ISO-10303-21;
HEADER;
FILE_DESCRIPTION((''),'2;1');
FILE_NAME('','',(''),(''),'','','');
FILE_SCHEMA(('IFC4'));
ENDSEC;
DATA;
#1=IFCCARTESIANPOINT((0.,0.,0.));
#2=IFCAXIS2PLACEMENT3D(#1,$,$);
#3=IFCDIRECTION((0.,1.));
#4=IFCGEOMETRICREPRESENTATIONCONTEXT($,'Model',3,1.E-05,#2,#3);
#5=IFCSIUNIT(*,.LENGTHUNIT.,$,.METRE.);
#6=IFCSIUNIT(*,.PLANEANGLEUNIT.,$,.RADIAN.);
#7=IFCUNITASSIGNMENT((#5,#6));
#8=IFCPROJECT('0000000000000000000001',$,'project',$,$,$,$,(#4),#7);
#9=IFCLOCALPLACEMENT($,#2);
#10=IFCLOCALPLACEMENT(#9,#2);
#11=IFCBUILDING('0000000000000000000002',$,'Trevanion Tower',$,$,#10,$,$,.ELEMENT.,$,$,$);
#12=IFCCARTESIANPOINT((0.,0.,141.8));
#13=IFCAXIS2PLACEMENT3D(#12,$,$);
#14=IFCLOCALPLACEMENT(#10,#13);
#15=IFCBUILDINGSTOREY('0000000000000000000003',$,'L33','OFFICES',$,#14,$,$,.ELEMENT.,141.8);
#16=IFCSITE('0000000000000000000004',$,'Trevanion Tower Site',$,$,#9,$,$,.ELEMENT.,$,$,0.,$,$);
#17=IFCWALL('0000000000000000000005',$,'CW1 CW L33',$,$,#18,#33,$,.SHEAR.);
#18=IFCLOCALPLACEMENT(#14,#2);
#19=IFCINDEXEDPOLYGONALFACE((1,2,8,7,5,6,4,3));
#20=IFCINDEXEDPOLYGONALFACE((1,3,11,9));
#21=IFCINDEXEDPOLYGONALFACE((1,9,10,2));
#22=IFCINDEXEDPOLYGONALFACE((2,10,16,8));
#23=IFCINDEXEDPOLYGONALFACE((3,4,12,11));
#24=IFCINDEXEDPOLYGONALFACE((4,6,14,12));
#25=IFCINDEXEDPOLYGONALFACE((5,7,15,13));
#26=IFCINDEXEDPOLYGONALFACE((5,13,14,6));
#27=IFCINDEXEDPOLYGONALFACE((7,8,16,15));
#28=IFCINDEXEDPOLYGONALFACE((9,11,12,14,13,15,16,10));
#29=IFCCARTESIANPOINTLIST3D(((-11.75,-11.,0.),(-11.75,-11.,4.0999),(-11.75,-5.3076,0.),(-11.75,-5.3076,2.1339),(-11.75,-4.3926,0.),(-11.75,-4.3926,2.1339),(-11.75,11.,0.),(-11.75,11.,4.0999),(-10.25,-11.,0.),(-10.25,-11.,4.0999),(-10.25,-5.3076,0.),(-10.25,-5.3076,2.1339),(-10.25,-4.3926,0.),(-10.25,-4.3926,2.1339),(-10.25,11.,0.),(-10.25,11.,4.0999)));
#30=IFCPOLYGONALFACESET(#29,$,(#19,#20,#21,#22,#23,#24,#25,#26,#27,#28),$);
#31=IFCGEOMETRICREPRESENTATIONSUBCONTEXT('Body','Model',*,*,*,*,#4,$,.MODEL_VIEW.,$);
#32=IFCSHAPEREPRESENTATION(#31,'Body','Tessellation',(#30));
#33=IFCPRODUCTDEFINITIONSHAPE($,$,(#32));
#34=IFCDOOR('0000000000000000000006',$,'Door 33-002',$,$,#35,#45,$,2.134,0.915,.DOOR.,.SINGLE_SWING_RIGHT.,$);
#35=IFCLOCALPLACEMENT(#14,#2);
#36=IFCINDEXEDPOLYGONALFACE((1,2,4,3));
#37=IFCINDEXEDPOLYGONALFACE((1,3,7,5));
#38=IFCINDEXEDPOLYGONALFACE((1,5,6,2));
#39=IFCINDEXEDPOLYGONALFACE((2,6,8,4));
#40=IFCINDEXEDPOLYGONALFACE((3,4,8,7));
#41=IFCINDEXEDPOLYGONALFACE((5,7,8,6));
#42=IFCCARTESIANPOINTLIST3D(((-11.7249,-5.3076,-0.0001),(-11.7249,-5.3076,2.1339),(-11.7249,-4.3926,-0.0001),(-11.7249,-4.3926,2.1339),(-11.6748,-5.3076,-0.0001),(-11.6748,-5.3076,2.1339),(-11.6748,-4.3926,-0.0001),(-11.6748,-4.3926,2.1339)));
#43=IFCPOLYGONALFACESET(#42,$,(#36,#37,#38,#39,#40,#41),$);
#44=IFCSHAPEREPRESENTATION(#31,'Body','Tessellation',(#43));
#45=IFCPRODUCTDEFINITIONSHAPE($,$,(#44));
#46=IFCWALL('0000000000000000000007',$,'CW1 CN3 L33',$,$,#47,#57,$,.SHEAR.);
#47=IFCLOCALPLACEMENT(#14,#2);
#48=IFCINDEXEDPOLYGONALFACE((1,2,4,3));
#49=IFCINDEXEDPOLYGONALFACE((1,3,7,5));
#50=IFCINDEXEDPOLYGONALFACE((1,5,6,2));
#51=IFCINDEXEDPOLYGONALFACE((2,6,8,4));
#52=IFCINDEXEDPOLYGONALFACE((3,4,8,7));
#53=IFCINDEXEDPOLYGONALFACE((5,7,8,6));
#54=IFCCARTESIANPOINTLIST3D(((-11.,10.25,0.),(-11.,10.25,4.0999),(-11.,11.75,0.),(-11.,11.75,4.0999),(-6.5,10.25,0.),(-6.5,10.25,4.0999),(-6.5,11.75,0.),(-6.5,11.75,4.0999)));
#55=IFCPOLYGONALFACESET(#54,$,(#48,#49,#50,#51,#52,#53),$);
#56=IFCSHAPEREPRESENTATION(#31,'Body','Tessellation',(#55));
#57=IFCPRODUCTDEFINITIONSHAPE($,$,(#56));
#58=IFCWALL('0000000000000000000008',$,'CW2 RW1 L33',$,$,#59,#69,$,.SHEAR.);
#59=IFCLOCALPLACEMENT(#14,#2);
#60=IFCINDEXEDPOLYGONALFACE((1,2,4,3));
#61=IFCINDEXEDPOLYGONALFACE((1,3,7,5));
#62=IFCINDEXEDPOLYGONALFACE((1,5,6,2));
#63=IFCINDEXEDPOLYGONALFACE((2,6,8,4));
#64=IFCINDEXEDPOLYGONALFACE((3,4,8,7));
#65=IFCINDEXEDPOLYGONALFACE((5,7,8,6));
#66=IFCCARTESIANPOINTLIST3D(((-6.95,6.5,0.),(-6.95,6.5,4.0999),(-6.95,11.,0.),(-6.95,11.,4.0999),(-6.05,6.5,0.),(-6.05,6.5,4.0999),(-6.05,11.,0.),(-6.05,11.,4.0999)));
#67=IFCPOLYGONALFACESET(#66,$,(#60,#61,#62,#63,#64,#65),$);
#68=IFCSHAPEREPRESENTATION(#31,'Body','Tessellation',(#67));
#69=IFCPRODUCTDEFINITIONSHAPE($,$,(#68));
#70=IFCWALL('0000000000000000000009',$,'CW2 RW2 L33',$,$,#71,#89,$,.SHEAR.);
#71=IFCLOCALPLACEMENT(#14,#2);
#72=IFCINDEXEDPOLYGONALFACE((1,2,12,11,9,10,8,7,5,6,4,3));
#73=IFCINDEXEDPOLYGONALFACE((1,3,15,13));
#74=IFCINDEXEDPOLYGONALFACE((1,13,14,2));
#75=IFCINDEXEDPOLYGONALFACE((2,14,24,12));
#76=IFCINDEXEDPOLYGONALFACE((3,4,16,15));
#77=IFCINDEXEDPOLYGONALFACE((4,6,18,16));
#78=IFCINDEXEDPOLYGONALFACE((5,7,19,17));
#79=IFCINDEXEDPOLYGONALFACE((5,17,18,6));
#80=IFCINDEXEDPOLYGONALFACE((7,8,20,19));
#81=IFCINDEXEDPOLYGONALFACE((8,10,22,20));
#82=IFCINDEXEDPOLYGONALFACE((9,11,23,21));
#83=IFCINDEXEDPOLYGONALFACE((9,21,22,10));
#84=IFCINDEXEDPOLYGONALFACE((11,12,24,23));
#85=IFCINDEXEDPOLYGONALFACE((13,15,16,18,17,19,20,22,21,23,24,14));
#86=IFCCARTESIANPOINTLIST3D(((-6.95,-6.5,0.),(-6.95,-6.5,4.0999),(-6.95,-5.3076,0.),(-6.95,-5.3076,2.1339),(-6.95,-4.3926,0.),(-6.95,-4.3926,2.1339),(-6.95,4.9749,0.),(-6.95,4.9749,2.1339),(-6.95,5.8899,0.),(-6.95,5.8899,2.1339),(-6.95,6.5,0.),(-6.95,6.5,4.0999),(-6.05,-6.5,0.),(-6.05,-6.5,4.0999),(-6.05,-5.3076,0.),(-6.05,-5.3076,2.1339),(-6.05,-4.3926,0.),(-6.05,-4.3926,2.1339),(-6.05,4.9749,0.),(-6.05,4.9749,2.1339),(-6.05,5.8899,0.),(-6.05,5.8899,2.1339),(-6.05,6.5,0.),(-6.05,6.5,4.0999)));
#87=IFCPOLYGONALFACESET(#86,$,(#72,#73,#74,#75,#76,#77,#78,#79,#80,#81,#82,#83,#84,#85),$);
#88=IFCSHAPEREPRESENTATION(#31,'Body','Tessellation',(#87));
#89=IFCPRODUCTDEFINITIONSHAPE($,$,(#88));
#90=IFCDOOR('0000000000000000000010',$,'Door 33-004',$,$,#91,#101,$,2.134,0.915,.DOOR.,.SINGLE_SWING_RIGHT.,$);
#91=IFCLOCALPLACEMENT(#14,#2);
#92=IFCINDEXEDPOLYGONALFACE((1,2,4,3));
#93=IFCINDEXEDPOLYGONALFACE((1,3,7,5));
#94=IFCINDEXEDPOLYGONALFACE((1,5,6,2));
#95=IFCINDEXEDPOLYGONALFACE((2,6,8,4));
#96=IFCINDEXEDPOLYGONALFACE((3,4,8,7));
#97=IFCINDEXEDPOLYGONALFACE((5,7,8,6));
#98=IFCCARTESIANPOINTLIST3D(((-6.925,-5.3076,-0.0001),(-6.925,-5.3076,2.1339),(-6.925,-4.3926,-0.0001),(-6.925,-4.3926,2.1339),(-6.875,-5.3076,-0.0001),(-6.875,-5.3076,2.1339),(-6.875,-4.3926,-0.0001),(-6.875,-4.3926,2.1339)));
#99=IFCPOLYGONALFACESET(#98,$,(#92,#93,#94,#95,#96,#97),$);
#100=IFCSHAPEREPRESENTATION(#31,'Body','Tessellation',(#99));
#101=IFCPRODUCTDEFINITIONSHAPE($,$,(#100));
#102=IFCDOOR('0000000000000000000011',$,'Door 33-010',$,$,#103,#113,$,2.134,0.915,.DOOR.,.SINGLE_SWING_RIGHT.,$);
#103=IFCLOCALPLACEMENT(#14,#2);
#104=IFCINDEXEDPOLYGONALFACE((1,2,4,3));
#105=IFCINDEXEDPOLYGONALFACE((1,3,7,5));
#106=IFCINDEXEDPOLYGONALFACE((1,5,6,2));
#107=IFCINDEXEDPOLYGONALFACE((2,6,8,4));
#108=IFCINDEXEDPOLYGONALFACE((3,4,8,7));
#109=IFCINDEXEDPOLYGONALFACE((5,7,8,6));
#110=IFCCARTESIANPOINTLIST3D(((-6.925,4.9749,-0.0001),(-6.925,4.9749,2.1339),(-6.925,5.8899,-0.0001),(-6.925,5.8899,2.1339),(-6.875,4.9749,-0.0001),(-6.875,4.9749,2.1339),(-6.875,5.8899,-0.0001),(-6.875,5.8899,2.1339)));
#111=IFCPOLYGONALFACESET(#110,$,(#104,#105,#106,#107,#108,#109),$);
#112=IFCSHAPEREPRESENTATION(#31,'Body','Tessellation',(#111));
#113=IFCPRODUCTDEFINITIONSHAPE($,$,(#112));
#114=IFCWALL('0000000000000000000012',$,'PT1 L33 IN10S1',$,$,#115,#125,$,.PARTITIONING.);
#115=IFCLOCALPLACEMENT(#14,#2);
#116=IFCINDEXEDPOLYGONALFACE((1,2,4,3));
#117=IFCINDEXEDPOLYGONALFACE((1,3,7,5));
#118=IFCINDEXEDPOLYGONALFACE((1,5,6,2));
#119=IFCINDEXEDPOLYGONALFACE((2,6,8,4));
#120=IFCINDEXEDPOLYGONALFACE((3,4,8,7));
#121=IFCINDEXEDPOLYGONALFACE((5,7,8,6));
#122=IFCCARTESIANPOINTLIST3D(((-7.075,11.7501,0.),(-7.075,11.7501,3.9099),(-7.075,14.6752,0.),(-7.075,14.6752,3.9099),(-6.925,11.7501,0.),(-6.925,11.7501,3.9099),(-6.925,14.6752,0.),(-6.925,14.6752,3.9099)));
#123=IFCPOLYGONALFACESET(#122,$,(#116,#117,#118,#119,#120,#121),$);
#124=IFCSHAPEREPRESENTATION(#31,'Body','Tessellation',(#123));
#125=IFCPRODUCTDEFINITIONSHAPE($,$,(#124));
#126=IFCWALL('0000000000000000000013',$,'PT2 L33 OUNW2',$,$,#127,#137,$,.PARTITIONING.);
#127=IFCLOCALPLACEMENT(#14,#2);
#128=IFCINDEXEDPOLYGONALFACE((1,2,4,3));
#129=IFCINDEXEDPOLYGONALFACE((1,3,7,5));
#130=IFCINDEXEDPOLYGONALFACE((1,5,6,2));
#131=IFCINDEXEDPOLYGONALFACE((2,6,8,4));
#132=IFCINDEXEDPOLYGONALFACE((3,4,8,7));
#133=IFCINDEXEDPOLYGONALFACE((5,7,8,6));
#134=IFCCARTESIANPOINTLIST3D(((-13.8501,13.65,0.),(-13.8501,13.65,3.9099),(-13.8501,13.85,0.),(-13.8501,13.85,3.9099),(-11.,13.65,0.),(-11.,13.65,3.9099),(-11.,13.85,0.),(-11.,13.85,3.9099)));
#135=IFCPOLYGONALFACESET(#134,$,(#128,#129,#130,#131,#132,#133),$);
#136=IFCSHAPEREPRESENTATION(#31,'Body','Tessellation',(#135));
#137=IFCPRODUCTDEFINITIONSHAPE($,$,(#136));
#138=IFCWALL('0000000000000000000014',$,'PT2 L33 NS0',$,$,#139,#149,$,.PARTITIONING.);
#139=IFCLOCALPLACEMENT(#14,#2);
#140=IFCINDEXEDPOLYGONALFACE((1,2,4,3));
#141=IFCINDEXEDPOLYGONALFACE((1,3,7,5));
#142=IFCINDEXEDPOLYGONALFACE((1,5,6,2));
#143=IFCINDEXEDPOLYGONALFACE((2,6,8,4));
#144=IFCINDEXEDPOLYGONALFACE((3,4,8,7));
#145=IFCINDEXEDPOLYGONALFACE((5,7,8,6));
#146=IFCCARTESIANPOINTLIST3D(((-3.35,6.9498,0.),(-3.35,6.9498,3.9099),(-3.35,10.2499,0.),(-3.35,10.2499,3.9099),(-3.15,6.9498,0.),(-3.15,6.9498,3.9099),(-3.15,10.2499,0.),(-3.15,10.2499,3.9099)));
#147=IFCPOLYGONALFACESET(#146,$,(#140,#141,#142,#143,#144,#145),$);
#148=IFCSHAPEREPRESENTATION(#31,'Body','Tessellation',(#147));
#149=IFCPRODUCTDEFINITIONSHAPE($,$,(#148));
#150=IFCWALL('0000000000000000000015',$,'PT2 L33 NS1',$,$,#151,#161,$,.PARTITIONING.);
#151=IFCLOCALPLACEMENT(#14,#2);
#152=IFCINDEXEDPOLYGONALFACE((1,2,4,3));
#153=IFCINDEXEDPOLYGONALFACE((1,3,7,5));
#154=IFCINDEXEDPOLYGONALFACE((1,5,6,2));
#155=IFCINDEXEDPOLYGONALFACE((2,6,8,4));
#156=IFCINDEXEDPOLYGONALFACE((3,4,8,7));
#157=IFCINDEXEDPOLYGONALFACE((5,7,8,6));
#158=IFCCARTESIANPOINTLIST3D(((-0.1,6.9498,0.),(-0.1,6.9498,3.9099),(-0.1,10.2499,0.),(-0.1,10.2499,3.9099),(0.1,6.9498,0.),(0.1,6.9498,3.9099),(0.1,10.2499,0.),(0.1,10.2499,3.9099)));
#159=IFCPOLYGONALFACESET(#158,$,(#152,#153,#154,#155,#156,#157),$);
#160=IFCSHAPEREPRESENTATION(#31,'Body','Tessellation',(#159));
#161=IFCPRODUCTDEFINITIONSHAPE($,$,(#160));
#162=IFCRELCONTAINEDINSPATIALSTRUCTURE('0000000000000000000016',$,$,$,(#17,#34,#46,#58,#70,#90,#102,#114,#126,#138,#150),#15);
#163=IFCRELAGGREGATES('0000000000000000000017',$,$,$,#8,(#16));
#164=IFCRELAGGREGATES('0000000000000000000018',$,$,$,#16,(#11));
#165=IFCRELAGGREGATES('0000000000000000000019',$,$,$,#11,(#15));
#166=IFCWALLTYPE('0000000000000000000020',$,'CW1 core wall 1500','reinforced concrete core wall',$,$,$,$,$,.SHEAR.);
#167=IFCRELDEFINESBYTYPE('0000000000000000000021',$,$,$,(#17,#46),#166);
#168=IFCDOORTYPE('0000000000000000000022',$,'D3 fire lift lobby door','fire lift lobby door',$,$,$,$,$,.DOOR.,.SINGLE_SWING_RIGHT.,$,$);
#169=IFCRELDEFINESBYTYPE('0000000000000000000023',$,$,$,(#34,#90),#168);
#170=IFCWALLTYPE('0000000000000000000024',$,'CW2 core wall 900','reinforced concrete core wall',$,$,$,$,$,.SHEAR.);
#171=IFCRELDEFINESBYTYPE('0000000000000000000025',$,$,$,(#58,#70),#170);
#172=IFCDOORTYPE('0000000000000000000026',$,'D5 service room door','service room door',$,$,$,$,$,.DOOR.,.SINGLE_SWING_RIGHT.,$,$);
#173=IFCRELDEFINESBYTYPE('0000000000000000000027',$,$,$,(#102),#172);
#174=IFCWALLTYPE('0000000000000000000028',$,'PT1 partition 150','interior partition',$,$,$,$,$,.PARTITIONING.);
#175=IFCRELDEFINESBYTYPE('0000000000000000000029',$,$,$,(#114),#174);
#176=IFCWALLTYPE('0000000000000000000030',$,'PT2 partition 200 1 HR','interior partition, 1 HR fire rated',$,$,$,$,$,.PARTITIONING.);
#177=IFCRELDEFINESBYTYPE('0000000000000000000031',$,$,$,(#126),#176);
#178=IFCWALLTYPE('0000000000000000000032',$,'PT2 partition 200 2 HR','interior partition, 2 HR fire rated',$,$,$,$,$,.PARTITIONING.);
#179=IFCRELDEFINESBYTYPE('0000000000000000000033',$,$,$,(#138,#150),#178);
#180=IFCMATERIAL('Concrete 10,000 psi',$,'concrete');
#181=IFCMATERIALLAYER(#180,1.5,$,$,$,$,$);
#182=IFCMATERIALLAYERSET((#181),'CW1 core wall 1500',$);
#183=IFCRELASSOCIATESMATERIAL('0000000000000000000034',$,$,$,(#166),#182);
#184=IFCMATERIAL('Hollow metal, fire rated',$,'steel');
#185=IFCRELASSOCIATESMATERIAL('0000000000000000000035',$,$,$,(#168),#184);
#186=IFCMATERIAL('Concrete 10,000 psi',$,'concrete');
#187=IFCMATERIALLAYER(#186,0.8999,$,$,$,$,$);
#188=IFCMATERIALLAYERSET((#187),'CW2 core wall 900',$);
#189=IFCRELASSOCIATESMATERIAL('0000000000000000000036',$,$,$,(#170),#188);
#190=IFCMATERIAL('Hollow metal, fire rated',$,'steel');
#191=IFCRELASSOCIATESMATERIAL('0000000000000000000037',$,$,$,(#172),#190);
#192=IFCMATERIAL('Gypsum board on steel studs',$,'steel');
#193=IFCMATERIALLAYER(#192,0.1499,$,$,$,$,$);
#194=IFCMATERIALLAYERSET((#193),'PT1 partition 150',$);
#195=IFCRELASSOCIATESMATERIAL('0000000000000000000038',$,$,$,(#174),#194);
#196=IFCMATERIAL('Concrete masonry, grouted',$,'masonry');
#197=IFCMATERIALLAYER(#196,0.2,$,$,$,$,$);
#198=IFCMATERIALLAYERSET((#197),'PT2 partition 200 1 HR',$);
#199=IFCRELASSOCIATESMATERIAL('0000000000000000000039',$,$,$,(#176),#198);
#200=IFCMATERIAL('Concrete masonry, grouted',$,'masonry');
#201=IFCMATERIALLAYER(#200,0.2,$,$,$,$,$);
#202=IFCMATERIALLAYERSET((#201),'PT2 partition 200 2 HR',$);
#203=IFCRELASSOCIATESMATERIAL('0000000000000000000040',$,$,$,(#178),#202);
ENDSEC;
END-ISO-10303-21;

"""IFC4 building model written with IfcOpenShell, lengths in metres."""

from ifc_helpers import new_model, si_unit, direction, frame, frame_2d, origin, place, context, subcontext, project, spatial, rectangle, extrude, material, layer, layer_set, type_object, element, fill, save


model = new_model("IFC4")

# Units and contexts
model_context = context("Model", 3, precision=1e-05, world=origin(), true_north=direction((0.0, 1.0)))
body_context = subcontext(model_context, "Body", "Model", "MODEL_VIEW")
ifc_project = project(units=[si_unit("LENGTHUNIT", "METRE"), si_unit("PLANEANGLEUNIT", "RADIAN")], contexts=[model_context])

# Site, building, storey
site_placement = place(None, origin())
site = spatial("IfcSite", under=ifc_project, at=site_placement, Name="Trevanion Tower Site", CompositionType="ELEMENT", RefElevation=0.0)
building_placement = place(site_placement, origin())
building = spatial("IfcBuilding", under=site, at=building_placement, Name="Trevanion Tower", CompositionType="ELEMENT")
storey_placement = place(building_placement, frame((0.0, 0.0, 141.8)))
storey = spatial("IfcBuildingStorey", under=building, at=storey_placement, Name="L33", Description="OFFICES", CompositionType="ELEMENT", Elevation=141.8)

# Wall, opening, door
ifc_material_1 = material(Name="Concrete 10,000 psi", Category="concrete")
ifc_layer_1 = layer(ifc_material_1, 1.5)
ifc_layer_set_1 = layer_set([ifc_layer_1], Name="CW1 core wall 1500")
wall_type_1 = type_object("IfcWallType", Name="CW1 core wall 1500", Description="reinforced concrete core wall", PredefinedType="SHEAR", material=ifc_layer_set_1)
wall_1_placement = place(storey_placement, frame((-11.0, 11.0, 0.0), z_axis=(0.0, 0.0, 1.0), x_axis=(0.0, -1.0, 0.0)))
wall_1 = element("IfcWall", 1, at=wall_1_placement, inside=storey, type_object=wall_type_1, Name="CW1 CW L33", PredefinedType="SHEAR", context=body_context, shape_type="SweptSolid", body=[
    extrude(rectangle(XDim=22.0, YDim=1.5, at=frame_2d((11.0, 0.0))), origin(), (0.0, 0.0, 1.0), 4.0999),
])
opening_1_placement = place(wall_1_placement, frame((15.3926, 0.0, 0.0)))
opening_1 = element("IfcOpeningElement", 2, at=opening_1_placement, cuts=wall_1, PredefinedType="OPENING", context=body_context, shape_type="SweptSolid", body=[
    extrude(rectangle(XDim=0.915, YDim=2.134, at=frame_2d((0.4575, 1.0669))), frame((0.0, 0.76, 0.0), z_axis=(0.0, -1.0, 0.0), x_axis=(1.0, 0.0, 0.0)), (0.0, 0.0, 1.0), 1.52),
])
ifc_material_2 = material(Name="Hollow metal, fire rated", Category="steel")
door_type_1 = type_object("IfcDoorType", Name="D3 fire lift lobby door", Description="fire lift lobby door", OperationType="SINGLE_SWING_RIGHT", PredefinedType="DOOR", material=ifc_material_2)
door_1_placement = place(opening_1_placement, origin())
door_1 = element("IfcDoor", 3, at=door_1_placement, inside=storey, type_object=door_type_1, Name="Door 33-002", OperationType="SINGLE_SWING_RIGHT", OverallHeight=2.134, OverallWidth=0.915, PredefinedType="DOOR", context=body_context, shape_type="SweptSolid", body=[
    extrude(rectangle(XDim=0.915, YDim=2.134, at=frame_2d((0.4575, 1.0669))), frame((0.0, -0.6748, 0.0), z_axis=(0.0, -1.0, 0.0), x_axis=(1.0, 0.0, 0.0)), (0.0, 0.0, 1.0), 0.05),
])
fill(opening_1, door_1)

# Walls
wall_2_placement = place(storey_placement, frame((-6.5, 11.0, 0.0), z_axis=(0.0, 0.0, 1.0), x_axis=(-1.0, 0.0, 0.0)))
element("IfcWall", 4, at=wall_2_placement, inside=storey, type_object=wall_type_1, Name="CW1 CN3 L33", PredefinedType="SHEAR", context=body_context, shape_type="SweptSolid", body=[
    extrude(rectangle(XDim=4.5, YDim=1.5, at=frame_2d((2.25, 0.0))), origin(), (0.0, 0.0, 1.0), 4.0999),
])
ifc_material_3 = material(Name="Concrete 10,000 psi", Category="concrete")
ifc_layer_2 = layer(ifc_material_3, 0.8999)
ifc_layer_set_2 = layer_set([ifc_layer_2], Name="CW2 core wall 900")
wall_type_2 = type_object("IfcWallType", Name="CW2 core wall 900", Description="reinforced concrete core wall", PredefinedType="SHEAR", material=ifc_layer_set_2)
wall_3_placement = place(storey_placement, frame((-6.5, 11.0, 0.0), z_axis=(0.0, 0.0, 1.0), x_axis=(0.0, -1.0, 0.0)))
element("IfcWall", 5, at=wall_3_placement, inside=storey, type_object=wall_type_2, Name="CW2 RW1 L33", PredefinedType="SHEAR", context=body_context, shape_type="SweptSolid", body=[
    extrude(rectangle(XDim=4.5, YDim=0.8999, at=frame_2d((2.25, 0.0))), origin(), (0.0, 0.0, 1.0), 4.0999),
])

# Wall, openings, doors
wall_4_placement = place(storey_placement, frame((-6.5, 6.5, 0.0), z_axis=(0.0, 0.0, 1.0), x_axis=(0.0, -1.0, 0.0)))
wall_4 = element("IfcWall", 6, at=wall_4_placement, inside=storey, type_object=wall_type_2, Name="CW2 RW2 L33", PredefinedType="SHEAR", context=body_context, shape_type="SweptSolid", body=[
    extrude(rectangle(XDim=13.0, YDim=0.8999, at=frame_2d((6.5, 0.0))), origin(), (0.0, 0.0, 1.0), 4.0999),
])
opening_2_placement = place(wall_4_placement, frame((10.8926, 0.0, 0.0)))
opening_2 = element("IfcOpeningElement", 7, at=opening_2_placement, cuts=wall_4, PredefinedType="OPENING", context=body_context, shape_type="SweptSolid", body=[
    extrude(rectangle(XDim=0.915, YDim=2.134, at=frame_2d((0.4575, 1.0669))), frame((0.0, 0.46, 0.0), z_axis=(0.0, -1.0, 0.0), x_axis=(1.0, 0.0, 0.0)), (0.0, 0.0, 1.0), 0.9199),
])
opening_3_placement = place(wall_4_placement, frame((0.6101, 0.0, 0.0)))
opening_3 = element("IfcOpeningElement", 8, at=opening_3_placement, cuts=wall_4, PredefinedType="OPENING", context=body_context, shape_type="SweptSolid", body=[
    extrude(rectangle(XDim=0.915, YDim=2.134, at=frame_2d((0.4575, 1.0669))), frame((0.0, 0.46, 0.0), z_axis=(0.0, -1.0, 0.0), x_axis=(1.0, 0.0, 0.0)), (0.0, 0.0, 1.0), 0.9199),
])
door_2_placement = place(opening_2_placement, origin())
door_2 = element("IfcDoor", 9, at=door_2_placement, inside=storey, type_object=door_type_1, Name="Door 33-004", OperationType="SINGLE_SWING_RIGHT", OverallHeight=2.134, OverallWidth=0.915, PredefinedType="DOOR", context=body_context, shape_type="SweptSolid", body=[
    extrude(rectangle(XDim=0.915, YDim=2.134, at=frame_2d((0.4575, 1.0669))), frame((0.0, -0.375, 0.0), z_axis=(0.0, -1.0, 0.0), x_axis=(1.0, 0.0, 0.0)), (0.0, 0.0, 1.0), 0.05),
])
fill(opening_2, door_2)
ifc_material_4 = material(Name="Hollow metal, fire rated", Category="steel")
door_type_2 = type_object("IfcDoorType", Name="D5 service room door", Description="service room door", OperationType="SINGLE_SWING_RIGHT", PredefinedType="DOOR", material=ifc_material_4)
door_3_placement = place(opening_3_placement, origin())
door_3 = element("IfcDoor", 10, at=door_3_placement, inside=storey, type_object=door_type_2, Name="Door 33-010", OperationType="SINGLE_SWING_RIGHT", OverallHeight=2.134, OverallWidth=0.915, PredefinedType="DOOR", context=body_context, shape_type="SweptSolid", body=[
    extrude(rectangle(XDim=0.915, YDim=2.134, at=frame_2d((0.4575, 1.0669))), frame((0.0, -0.375, 0.0), z_axis=(0.0, -1.0, 0.0), x_axis=(1.0, 0.0, 0.0)), (0.0, 0.0, 1.0), 0.05),
])
fill(opening_3, door_3)

# Walls
ifc_material_5 = material(Name="Gypsum board on steel studs", Category="steel")
ifc_layer_3 = layer(ifc_material_5, 0.1499)
ifc_layer_set_3 = layer_set([ifc_layer_3], Name="PT1 partition 150")
wall_type_3 = type_object("IfcWallType", Name="PT1 partition 150", Description="interior partition", PredefinedType="PARTITIONING", material=ifc_layer_set_3)
wall_5_placement = place(storey_placement, frame((-7.0, 14.675, 0.0), z_axis=(0.0, 0.0, 1.0), x_axis=(0.0, -1.0, 0.0)))
element("IfcWall", 11, at=wall_5_placement, inside=storey, type_object=wall_type_3, Name="PT1 L33 IN10S1", PredefinedType="PARTITIONING", context=body_context, shape_type="SweptSolid", body=[
    extrude(rectangle(XDim=2.925, YDim=0.1499, at=frame_2d((1.4624, 0.0))), origin(), (0.0, 0.0, 1.0), 3.9099),
])
ifc_material_6 = material(Name="Concrete masonry, grouted", Category="masonry")
ifc_layer_4 = layer(ifc_material_6, 0.2)
ifc_layer_set_4 = layer_set([ifc_layer_4], Name="PT2 partition 200 1 HR")
wall_type_4 = type_object("IfcWallType", Name="PT2 partition 200 1 HR", Description="interior partition, 1 HR fire rated", PredefinedType="PARTITIONING", material=ifc_layer_set_4)
wall_6_placement = place(storey_placement, frame((-11.0, 13.75, 0.0), z_axis=(0.0, 0.0, 1.0), x_axis=(-1.0, 0.0, 0.0)))
element("IfcWall", 12, at=wall_6_placement, inside=storey, type_object=wall_type_4, Name="PT2 L33 OUNW2", PredefinedType="PARTITIONING", context=body_context, shape_type="SweptSolid", body=[
    extrude(rectangle(XDim=2.8501, YDim=0.2, at=frame_2d((1.425, 0.0))), origin(), (0.0, 0.0, 1.0), 3.9099),
])
ifc_material_7 = material(Name="Concrete masonry, grouted", Category="masonry")
ifc_layer_5 = layer(ifc_material_7, 0.2)
ifc_layer_set_5 = layer_set([ifc_layer_5], Name="PT2 partition 200 2 HR")
wall_type_5 = type_object("IfcWallType", Name="PT2 partition 200 2 HR", Description="interior partition, 2 HR fire rated", PredefinedType="PARTITIONING", material=ifc_layer_set_5)
for number, where, z_axis, x_axis, name in (
    (13, (-3.25, 6.95, 0.0), (0.0, 0.0, 1.0), (0.0, 1.0, 0.0), "PT2 L33 NS0"),
    (14, (0.0, 6.95, 0.0), (0.0, 0.0, 1.0), (0.0, 1.0, 0.0), "PT2 L33 NS1"),
):
    element("IfcWall", number, at=place(storey_placement, frame(where, z_axis=z_axis, x_axis=x_axis)), inside=storey, type_object=wall_type_5, Name=name, PredefinedType="PARTITIONING", context=body_context, shape_type="SweptSolid", body=[
        extrude(rectangle(XDim=3.3, YDim=0.2, at=frame_2d((1.6499, 0.0))), origin(), (0.0, 0.0, 1.0), 3.9099),
    ])

save(model, "model.ifc")
